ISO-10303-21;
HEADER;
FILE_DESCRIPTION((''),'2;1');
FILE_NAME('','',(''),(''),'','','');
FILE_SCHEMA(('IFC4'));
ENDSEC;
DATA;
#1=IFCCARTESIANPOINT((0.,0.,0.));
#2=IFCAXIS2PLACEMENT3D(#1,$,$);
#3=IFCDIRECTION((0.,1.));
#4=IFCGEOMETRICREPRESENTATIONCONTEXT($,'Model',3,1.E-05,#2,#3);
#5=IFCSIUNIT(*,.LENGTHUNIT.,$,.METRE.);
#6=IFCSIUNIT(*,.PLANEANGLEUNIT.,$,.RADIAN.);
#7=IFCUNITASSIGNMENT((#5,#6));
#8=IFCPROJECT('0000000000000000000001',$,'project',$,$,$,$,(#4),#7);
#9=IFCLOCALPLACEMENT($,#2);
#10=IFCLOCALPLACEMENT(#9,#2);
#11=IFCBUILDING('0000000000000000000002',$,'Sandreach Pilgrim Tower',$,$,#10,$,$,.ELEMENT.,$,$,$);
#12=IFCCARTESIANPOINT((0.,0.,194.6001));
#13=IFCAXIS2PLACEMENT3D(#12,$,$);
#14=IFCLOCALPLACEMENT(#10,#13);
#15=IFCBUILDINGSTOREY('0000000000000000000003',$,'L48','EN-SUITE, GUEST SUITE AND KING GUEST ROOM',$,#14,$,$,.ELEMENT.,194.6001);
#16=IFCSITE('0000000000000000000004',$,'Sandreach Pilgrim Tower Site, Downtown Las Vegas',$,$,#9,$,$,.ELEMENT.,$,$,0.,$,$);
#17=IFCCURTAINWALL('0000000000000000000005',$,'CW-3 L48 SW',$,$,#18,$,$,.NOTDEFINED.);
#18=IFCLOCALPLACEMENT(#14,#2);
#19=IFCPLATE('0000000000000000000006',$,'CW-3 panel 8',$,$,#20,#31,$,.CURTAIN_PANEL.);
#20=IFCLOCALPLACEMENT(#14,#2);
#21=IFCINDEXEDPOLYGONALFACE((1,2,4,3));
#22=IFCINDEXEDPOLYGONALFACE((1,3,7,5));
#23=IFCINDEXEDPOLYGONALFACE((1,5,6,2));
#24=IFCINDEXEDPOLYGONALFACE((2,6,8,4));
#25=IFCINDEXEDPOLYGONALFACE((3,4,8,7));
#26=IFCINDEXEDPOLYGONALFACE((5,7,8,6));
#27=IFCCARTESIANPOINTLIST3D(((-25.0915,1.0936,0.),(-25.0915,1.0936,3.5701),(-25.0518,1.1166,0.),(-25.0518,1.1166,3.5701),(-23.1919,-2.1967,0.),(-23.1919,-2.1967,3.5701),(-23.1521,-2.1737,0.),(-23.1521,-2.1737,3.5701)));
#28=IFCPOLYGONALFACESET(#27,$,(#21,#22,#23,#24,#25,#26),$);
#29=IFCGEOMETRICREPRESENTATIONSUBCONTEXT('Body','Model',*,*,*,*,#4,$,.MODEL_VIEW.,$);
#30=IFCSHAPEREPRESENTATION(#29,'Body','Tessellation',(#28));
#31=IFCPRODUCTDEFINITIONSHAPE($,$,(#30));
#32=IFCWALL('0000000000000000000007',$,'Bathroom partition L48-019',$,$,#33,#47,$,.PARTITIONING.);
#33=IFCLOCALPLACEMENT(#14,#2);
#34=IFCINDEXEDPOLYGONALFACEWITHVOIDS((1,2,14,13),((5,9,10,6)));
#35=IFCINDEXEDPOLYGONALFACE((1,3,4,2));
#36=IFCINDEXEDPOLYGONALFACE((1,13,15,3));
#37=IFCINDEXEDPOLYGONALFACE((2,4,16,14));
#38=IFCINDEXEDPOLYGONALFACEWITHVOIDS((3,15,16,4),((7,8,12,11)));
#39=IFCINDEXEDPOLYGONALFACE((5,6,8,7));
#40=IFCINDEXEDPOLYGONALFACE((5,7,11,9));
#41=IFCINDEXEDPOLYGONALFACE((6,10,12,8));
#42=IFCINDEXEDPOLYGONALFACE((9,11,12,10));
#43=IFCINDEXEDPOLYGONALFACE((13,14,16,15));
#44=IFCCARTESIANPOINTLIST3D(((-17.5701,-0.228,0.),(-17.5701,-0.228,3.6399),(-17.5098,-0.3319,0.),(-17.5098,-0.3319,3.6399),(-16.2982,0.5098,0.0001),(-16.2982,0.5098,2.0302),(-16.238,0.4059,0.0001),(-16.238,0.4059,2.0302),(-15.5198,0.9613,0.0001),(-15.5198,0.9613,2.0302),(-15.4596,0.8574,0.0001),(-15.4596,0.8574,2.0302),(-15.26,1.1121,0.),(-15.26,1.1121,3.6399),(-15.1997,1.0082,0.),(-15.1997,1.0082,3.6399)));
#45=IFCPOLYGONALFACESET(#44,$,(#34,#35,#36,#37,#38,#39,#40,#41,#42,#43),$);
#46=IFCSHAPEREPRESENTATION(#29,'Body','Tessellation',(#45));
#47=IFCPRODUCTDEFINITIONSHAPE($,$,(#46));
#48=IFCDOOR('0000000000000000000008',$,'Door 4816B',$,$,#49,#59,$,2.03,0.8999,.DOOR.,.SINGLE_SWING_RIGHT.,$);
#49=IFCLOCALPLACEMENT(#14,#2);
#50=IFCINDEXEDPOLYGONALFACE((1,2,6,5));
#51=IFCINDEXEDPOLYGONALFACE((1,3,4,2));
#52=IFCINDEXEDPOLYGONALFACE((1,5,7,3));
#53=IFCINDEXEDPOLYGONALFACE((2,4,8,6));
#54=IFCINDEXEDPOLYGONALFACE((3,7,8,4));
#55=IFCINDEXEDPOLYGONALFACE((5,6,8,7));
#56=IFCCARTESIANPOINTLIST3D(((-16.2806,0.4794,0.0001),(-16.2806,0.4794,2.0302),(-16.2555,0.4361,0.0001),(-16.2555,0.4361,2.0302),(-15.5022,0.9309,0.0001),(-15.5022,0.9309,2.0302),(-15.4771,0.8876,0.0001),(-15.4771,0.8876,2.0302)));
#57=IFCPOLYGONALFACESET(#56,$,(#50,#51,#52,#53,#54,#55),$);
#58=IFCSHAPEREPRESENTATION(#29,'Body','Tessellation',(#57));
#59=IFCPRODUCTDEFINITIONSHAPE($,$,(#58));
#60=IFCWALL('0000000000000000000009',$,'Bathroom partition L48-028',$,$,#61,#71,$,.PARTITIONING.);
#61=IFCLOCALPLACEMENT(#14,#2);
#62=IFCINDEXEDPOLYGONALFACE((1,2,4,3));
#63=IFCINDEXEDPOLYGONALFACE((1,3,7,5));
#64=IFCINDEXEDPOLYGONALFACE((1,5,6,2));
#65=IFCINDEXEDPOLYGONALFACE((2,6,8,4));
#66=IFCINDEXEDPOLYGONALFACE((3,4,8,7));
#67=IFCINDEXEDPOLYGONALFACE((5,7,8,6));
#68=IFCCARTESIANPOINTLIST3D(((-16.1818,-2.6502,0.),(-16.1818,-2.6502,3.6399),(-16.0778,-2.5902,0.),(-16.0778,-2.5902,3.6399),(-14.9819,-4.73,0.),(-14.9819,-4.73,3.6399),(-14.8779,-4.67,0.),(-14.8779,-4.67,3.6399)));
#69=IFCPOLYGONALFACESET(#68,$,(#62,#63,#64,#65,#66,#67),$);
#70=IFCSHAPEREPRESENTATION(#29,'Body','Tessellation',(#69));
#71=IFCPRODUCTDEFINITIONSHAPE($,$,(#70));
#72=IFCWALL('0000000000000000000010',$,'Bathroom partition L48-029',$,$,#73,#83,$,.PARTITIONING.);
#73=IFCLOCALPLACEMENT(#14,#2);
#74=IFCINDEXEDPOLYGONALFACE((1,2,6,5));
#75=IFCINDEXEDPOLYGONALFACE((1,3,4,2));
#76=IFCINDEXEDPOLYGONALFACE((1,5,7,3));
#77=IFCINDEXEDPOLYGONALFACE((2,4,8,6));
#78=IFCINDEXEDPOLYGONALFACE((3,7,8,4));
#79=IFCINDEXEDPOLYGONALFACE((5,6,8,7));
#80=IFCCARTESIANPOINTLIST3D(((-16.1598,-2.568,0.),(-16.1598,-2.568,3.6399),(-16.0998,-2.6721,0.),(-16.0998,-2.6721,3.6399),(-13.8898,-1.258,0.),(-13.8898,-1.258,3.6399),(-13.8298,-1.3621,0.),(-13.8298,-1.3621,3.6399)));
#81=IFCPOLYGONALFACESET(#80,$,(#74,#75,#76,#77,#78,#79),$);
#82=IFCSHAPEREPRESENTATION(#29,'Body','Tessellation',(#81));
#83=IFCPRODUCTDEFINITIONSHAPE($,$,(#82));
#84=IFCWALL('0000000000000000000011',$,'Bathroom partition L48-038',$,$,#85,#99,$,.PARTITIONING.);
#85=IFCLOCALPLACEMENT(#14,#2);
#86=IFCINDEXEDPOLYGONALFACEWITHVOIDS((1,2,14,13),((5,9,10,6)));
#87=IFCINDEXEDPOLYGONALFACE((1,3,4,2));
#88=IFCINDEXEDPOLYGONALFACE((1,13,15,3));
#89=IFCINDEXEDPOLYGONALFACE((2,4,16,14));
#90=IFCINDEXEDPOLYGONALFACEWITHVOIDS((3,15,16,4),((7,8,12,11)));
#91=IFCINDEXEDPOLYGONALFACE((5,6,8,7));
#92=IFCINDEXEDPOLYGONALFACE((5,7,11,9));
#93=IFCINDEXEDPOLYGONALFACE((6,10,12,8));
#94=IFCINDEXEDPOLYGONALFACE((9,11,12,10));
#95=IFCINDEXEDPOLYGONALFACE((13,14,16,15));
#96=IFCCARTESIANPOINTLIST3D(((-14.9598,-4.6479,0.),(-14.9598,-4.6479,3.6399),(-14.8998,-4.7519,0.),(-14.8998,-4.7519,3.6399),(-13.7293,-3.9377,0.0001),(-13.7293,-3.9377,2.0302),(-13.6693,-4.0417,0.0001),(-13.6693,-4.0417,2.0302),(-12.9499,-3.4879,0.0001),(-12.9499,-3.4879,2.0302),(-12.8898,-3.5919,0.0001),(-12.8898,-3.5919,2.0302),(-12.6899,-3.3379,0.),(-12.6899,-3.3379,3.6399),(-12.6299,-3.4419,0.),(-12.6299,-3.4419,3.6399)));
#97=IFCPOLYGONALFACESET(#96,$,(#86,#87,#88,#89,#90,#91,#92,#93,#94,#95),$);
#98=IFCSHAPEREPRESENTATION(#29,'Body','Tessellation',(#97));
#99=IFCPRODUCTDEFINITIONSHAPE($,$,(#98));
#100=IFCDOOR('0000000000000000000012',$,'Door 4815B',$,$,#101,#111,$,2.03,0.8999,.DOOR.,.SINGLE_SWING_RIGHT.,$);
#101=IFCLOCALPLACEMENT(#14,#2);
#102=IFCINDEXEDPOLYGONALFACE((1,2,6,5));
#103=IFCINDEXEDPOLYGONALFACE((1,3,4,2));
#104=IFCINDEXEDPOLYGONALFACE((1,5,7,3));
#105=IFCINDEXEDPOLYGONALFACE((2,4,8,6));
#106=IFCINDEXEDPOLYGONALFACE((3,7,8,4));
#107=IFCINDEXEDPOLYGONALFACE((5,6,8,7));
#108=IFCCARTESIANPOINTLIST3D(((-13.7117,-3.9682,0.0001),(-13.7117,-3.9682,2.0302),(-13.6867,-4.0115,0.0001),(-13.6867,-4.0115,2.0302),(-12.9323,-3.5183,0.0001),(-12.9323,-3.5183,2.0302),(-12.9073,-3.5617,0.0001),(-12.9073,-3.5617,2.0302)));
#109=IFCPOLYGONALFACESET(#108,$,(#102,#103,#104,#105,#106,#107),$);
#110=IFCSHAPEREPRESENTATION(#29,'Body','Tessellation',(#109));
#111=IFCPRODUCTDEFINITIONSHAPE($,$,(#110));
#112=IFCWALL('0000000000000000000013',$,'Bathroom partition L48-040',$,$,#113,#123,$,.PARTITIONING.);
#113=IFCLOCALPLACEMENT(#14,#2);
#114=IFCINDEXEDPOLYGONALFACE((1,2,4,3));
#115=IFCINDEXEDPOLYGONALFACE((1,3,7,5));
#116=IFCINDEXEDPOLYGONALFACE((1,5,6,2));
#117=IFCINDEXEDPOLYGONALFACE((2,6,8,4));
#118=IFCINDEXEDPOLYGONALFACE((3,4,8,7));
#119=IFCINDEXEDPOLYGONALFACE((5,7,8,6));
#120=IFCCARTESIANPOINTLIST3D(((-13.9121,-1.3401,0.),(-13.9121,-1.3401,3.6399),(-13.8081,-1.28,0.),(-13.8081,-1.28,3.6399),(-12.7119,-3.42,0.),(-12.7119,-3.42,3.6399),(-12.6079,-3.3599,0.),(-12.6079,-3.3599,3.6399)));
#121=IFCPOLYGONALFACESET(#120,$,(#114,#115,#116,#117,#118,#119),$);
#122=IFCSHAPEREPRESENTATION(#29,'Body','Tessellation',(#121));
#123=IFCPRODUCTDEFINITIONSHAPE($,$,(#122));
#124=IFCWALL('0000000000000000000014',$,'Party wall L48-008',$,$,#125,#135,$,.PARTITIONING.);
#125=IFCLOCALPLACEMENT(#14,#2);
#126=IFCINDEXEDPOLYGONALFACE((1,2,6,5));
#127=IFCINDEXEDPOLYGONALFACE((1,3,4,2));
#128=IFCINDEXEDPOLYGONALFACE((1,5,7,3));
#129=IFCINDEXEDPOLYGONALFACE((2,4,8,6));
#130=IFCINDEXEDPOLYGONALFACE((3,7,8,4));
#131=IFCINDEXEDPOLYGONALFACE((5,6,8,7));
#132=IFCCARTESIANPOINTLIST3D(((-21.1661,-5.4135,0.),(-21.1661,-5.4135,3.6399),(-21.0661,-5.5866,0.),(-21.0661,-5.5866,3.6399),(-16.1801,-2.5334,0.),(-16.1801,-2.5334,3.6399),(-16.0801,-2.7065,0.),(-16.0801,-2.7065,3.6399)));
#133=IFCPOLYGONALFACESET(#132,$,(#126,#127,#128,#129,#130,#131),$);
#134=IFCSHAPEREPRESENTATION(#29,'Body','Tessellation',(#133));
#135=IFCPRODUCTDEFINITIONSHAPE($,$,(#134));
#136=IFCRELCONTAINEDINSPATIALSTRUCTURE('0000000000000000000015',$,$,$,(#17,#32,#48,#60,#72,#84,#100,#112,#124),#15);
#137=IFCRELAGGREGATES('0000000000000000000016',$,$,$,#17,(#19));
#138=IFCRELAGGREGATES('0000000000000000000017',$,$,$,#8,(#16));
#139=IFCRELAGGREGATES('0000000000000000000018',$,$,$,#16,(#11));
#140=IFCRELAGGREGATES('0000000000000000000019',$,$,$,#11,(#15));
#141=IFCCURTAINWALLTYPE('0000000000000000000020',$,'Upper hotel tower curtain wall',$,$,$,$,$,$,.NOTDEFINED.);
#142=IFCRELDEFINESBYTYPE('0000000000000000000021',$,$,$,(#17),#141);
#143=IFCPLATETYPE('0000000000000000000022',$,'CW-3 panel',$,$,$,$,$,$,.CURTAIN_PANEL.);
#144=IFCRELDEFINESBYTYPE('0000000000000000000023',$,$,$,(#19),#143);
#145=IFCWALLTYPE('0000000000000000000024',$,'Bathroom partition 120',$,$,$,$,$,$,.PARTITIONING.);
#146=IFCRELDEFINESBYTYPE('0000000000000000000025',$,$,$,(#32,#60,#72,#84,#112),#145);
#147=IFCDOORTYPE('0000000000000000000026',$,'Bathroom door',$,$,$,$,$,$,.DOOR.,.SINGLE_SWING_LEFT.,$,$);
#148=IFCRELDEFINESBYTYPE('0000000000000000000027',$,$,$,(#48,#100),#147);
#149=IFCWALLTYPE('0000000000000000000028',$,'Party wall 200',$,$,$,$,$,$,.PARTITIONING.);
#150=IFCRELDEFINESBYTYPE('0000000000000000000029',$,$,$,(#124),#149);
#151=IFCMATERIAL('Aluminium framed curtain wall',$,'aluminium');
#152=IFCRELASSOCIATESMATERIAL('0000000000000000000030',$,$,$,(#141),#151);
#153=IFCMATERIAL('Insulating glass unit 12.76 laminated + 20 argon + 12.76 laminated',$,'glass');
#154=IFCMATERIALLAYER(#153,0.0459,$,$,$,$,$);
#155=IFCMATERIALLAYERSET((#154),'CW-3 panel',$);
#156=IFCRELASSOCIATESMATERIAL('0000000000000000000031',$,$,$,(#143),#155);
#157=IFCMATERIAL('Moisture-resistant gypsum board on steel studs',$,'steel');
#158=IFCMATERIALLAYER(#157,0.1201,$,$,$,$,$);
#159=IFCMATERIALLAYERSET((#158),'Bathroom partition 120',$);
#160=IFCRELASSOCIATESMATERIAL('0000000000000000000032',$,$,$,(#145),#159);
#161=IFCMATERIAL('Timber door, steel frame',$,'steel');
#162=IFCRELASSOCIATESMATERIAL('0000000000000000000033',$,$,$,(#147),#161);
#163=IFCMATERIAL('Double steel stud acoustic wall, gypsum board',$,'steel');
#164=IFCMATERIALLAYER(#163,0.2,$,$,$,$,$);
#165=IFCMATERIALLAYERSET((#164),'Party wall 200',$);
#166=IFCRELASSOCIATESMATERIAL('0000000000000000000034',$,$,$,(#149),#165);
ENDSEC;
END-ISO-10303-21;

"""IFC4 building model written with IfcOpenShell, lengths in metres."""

from ifc_helpers import new_model, si_unit, direction, frame, frame_2d, origin, origin_2d, place, context, subcontext, project, spatial, rectangle, extrude, material, layer, layer_set, type_object, element, fill, aggregate, save


model = new_model("IFC4")

# Units and contexts
model_context = context("Model", 3, precision=1e-05, world=origin(), true_north=direction((0.0, 1.0)))
body_context = subcontext(model_context, "Body", "Model", "MODEL_VIEW")
ifc_project = project(units=[si_unit("LENGTHUNIT", "METRE"), si_unit("PLANEANGLEUNIT", "RADIAN")], contexts=[model_context])

# Site, building, storey
site_placement = place(None, origin())
site = spatial("IfcSite", under=ifc_project, at=site_placement, Name="Sandreach Pilgrim Tower Site, Downtown Las Vegas", CompositionType="ELEMENT", RefElevation=0.0)
building_placement = place(site_placement, origin())
building = spatial("IfcBuilding", under=site, at=building_placement, Name="Sandreach Pilgrim Tower", CompositionType="ELEMENT")
storey_placement = place(building_placement, frame((0.0, 0.0, 194.6001)))
storey = spatial("IfcBuildingStorey", under=building, at=storey_placement, Name="L48", Description="EN-SUITE, GUEST SUITE AND KING GUEST ROOM", CompositionType="ELEMENT", Elevation=194.6001)

# Curtain wall
ifc_material_1 = material(Name="Aluminium framed curtain wall", Category="aluminium")
curtain_wall_type = type_object("IfcCurtainWallType", Name="Upper hotel tower curtain wall", PredefinedType="NOTDEFINED", material=ifc_material_1)
curtain_wall_placement = place(storey_placement, origin())
curtain_wall = element("IfcCurtainWall", 1, at=curtain_wall_placement, inside=storey, type_object=curtain_wall_type, Name="CW-3 L48 SW", PredefinedType="NOTDEFINED")

# Plate
ifc_material_2 = material(Name="Insulating glass unit 12.76 laminated + 20 argon + 12.76 laminated", Category="glass")
ifc_layer_1 = layer(ifc_material_2, 0.0459)
ifc_layer_set_1 = layer_set([ifc_layer_1], Name="CW-3 panel")
plate_type = type_object("IfcPlateType", Name="CW-3 panel", PredefinedType="CURTAIN_PANEL", material=ifc_layer_set_1)
plate_1_placement = place(storey_placement, frame((-24.1218, -0.54, 0.0), z_axis=(0.0, 0.0, 1.0), x_axis=(-0.5, 0.866025, 0.0)))
plate_1 = element("IfcPlate", 2, at=plate_1_placement, type_object=plate_type, Name="CW-3 panel 8", PredefinedType="CURTAIN_PANEL", context=body_context, shape_type="SweptSolid", body=[
    extrude(rectangle(XDim=3.7993, YDim=0.0459, at=origin_2d()), origin(), (0.0, 0.0, 1.0), 3.5701),
])
aggregate(curtain_wall, [plate_1])

# Wall, opening, door
ifc_material_3 = material(Name="Moisture-resistant gypsum board on steel studs", Category="steel")
ifc_layer_2 = layer(ifc_material_3, 0.1201)
ifc_layer_set_2 = layer_set([ifc_layer_2], Name="Bathroom partition 120")
wall_type_1 = type_object("IfcWallType", Name="Bathroom partition 120", PredefinedType="PARTITIONING", material=ifc_layer_set_2)
wall_1_placement = place(storey_placement, frame((-17.54, -0.28, 0.0), z_axis=(0.0, 0.0, 1.0), x_axis=(0.86499, 0.501789, 0.0)))
wall_1 = element("IfcWall", 3, at=wall_1_placement, inside=storey, type_object=wall_type_1, Name="Bathroom partition L48-019", PredefinedType="PARTITIONING", context=body_context, shape_type="SweptSolid", body=[
    extrude(rectangle(XDim=2.6707, YDim=0.1201, at=frame_2d((1.3354, 0.0))), origin(), (0.0, 0.0, 1.0), 3.6399),
])
opening_1_placement = place(wall_1_placement, frame((1.4705, 0.0, 0.0)))
opening_1 = element("IfcOpeningElement", 4, at=opening_1_placement, cuts=wall_1, PredefinedType="OPENING", context=body_context, shape_type="SweptSolid", body=[
    extrude(rectangle(XDim=0.8999, YDim=2.03, at=frame_2d((0.45, 1.0151))), frame((0.0, 0.0601, 0.0), z_axis=(0.0, -1.0, 0.0), x_axis=(1.0, 0.0, 0.0)), (0.0, 0.0, 1.0), 0.1201),
])
ifc_material_4 = material(Name="Timber door, steel frame", Category="steel")
door_type_1 = type_object("IfcDoorType", Name="Bathroom door", OperationType="SINGLE_SWING_LEFT", PredefinedType="DOOR", material=ifc_material_4)
door_1_placement = place(opening_1_placement, origin())
door_1 = element("IfcDoor", 5, at=door_1_placement, inside=storey, type_object=door_type_1, Name="Door 4816B", OperationType="SINGLE_SWING_RIGHT", OverallHeight=2.03, OverallWidth=0.8999, PredefinedType="DOOR", context=body_context, shape_type="SweptSolid", body=[
    extrude(rectangle(XDim=0.8999, YDim=2.03, at=frame_2d((0.45, 1.0151))), frame((0.0, 0.0249, 0.0), z_axis=(0.0, -1.0, 0.0), x_axis=(1.0, 0.0, 0.0)), (0.0, 0.0, 1.0), 0.05),
])
fill(opening_1, door_1)

# Walls
wall_2_placement = place(storey_placement, frame((-16.1299, -2.6201, 0.0), z_axis=(0.0, 0.0, 1.0), x_axis=(0.499737, -0.866177, 0.0)))
element("IfcWall", 6, at=wall_2_placement, inside=storey, type_object=wall_type_1, Name="Bathroom partition L48-028", PredefinedType="PARTITIONING", context=body_context, shape_type="SweptSolid", body=[
    extrude(rectangle(XDim=2.4011, YDim=0.1201, at=frame_2d((1.2007, 0.0))), origin(), (0.0, 0.0, 1.0), 3.6399),
])
wall_3_placement = place(storey_placement, frame((-16.1299, -2.6201, 0.0), z_axis=(0.0, 0.0, 1.0), x_axis=(0.866114, 0.499846, 0.0)))
element("IfcWall", 7, at=wall_3_placement, inside=storey, type_object=wall_type_1, Name="Bathroom partition L48-029", PredefinedType="PARTITIONING", context=body_context, shape_type="SweptSolid", body=[
    extrude(rectangle(XDim=2.6208, YDim=0.1201, at=frame_2d((1.3105, 0.0))), origin(), (0.0, 0.0, 1.0), 3.6399),
])

# Wall, opening, door
wall_4_placement = place(storey_placement, frame((-14.9299, -4.7, 0.0), z_axis=(0.0, 0.0, 1.0), x_axis=(0.866114, 0.499846, 0.0)))
wall_4 = element("IfcWall", 8, at=wall_4_placement, inside=storey, type_object=wall_type_1, Name="Bathroom partition L48-038", PredefinedType="PARTITIONING", context=body_context, shape_type="SweptSolid", body=[
    extrude(rectangle(XDim=2.6208, YDim=0.1201, at=frame_2d((1.3105, 0.0))), origin(), (0.0, 0.0, 1.0), 3.6399),
])
opening_2_placement = place(wall_4_placement, frame((1.4209, 0.0, 0.0)))
opening_2 = element("IfcOpeningElement", 9, at=opening_2_placement, cuts=wall_4, PredefinedType="OPENING", context=body_context, shape_type="SweptSolid", body=[
    extrude(rectangle(XDim=0.8999, YDim=2.03, at=frame_2d((0.45, 1.0151))), frame((0.0, 0.0601, 0.0), z_axis=(0.0, -1.0, 0.0), x_axis=(1.0, 0.0, 0.0)), (0.0, 0.0, 1.0), 0.1201),
])
door_2_placement = place(opening_2_placement, origin())
door_2 = element("IfcDoor", 10, at=door_2_placement, inside=storey, type_object=door_type_1, Name="Door 4815B", OperationType="SINGLE_SWING_RIGHT", OverallHeight=2.03, OverallWidth=0.8999, PredefinedType="DOOR", context=body_context, shape_type="SweptSolid", body=[
    extrude(rectangle(XDim=0.8999, YDim=2.03, at=frame_2d((0.45, 1.0151))), frame((0.0, 0.0249, 0.0), z_axis=(0.0, -1.0, 0.0), x_axis=(1.0, 0.0, 0.0)), (0.0, 0.0, 1.0), 0.05),
])
fill(opening_2, door_2)

# Wall
wall_5_placement = place(storey_placement, frame((-13.8601, -1.3101, 0.0), z_axis=(0.0, 0.0, 1.0), x_axis=(0.499813, -0.866133, 0.0)))
element("IfcWall", 11, at=wall_5_placement, inside=storey, type_object=wall_type_1, Name="Bathroom partition L48-040", PredefinedType="PARTITIONING", context=body_context, shape_type="SweptSolid", body=[
    extrude(rectangle(XDim=2.4014, YDim=0.1201, at=frame_2d((1.2007, 0.0))), origin(), (0.0, 0.0, 1.0), 3.6399),
])

# Wall
ifc_material_5 = material(Name="Double steel stud acoustic wall, gypsum board", Category="steel")
ifc_layer_3 = layer(ifc_material_5, 0.2)
ifc_layer_set_3 = layer_set([ifc_layer_3], Name="Party wall 200")
wall_type_2 = type_object("IfcWallType", Name="Party wall 200", PredefinedType="PARTITIONING", material=ifc_layer_set_3)
wall_6_placement = place(storey_placement, frame((-21.116, -5.5, 0.0), z_axis=(0.0, 0.0, 1.0), x_axis=(0.865919, 0.500184, 0.0)))
element("IfcWall", 12, at=wall_6_placement, inside=storey, type_object=wall_type_2, Name="Party wall L48-008", PredefinedType="PARTITIONING", context=body_context, shape_type="SweptSolid", body=[
    extrude(rectangle(XDim=5.7581, YDim=0.2, at=frame_2d((2.8789, 0.0))), origin(), (0.0, 0.0, 1.0), 3.6399),
])

save(model, "model.ifc")
